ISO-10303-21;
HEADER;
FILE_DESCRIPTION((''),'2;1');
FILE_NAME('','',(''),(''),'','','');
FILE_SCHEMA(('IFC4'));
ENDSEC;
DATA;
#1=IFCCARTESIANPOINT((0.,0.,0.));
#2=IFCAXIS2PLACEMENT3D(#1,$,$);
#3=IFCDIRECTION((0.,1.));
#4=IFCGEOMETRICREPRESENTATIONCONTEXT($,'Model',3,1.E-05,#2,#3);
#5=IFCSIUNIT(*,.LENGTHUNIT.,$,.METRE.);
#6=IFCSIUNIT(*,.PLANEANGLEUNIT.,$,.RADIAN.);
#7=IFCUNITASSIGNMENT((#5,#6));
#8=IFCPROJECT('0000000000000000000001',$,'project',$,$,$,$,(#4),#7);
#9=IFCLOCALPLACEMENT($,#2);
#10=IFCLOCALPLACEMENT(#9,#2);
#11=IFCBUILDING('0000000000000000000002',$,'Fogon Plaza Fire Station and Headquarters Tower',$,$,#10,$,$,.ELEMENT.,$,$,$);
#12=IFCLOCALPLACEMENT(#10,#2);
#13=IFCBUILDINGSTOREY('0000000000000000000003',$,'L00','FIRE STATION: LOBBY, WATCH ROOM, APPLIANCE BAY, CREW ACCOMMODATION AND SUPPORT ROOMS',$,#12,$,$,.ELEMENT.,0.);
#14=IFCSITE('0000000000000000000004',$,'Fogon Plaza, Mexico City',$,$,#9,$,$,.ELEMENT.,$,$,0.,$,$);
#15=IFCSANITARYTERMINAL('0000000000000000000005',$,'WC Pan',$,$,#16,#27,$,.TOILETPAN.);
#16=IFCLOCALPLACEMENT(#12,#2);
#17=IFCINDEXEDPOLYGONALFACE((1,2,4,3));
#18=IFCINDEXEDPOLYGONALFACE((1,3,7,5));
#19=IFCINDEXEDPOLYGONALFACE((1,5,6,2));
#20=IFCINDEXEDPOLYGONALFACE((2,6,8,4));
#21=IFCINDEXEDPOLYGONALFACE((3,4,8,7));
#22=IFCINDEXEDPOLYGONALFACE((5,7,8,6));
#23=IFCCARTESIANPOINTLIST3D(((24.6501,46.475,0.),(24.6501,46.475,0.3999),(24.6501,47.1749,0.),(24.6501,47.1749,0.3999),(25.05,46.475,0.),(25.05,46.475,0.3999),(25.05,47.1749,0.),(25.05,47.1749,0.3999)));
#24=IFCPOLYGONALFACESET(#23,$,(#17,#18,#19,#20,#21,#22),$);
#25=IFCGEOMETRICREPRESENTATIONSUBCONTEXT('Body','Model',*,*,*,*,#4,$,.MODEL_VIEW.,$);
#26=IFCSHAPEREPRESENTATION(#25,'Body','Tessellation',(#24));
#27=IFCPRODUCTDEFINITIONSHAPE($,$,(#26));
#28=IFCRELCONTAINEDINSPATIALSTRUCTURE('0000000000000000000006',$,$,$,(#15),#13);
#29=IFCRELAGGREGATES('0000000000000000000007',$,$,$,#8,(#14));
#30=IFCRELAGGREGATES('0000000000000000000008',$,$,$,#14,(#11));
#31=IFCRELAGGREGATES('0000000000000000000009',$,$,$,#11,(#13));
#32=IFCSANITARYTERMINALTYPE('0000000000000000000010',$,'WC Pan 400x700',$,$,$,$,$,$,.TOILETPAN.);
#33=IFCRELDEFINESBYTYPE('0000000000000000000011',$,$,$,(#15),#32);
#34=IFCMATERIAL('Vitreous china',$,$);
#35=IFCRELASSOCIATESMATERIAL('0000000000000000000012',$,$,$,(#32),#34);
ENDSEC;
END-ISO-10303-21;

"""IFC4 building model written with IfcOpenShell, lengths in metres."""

from ifc_helpers import new_model, si_unit, direction, frame, origin, origin_2d, place, context, subcontext, project, spatial, rectangle, extrude, material, type_object, element, save


model = new_model("IFC4")

# Units and contexts
model_context = context("Model", 3, precision=1e-05, world=origin(), true_north=direction((0.0, 1.0)))
body_context = subcontext(model_context, "Body", "Model", "MODEL_VIEW")
ifc_project = project(units=[si_unit("LENGTHUNIT", "METRE"), si_unit("PLANEANGLEUNIT", "RADIAN")], contexts=[model_context])

# Site, building, storey
site_placement = place(None, origin())
site = spatial("IfcSite", under=ifc_project, at=site_placement, Name="Fogon Plaza, Mexico City", CompositionType="ELEMENT", RefElevation=0.0)
building_placement = place(site_placement, origin())
building = spatial("IfcBuilding", under=site, at=building_placement, Name="Fogon Plaza Fire Station and Headquarters Tower", CompositionType="ELEMENT")
storey_placement = place(building_placement, origin())
storey = spatial("IfcBuildingStorey", under=building, at=storey_placement, Name="L00", Description="FIRE STATION: LOBBY, WATCH ROOM, APPLIANCE BAY, CREW ACCOMMODATION AND SUPPORT ROOMS", CompositionType="ELEMENT", Elevation=0.0)

# Sanitary terminal
ifc_material_1 = material(Name="Vitreous china")
sanitary_terminal_type_1 = type_object("IfcSanitaryTerminalType", Name="WC Pan 400x700", PredefinedType="TOILETPAN", material=ifc_material_1)
for number, where, z_axis, x_axis, name in (
    (1, (24.8501, 46.825, 0.0), (0.0, 0.0, 1.0), (1.0, 0.0, 0.0), "WC Pan"),
):
    element("IfcSanitaryTerminal", number, at=place(storey_placement, frame(where, z_axis=z_axis, x_axis=x_axis)), inside=storey, type_object=sanitary_terminal_type_1, Name=name, PredefinedType="TOILETPAN", context=body_context, shape_type="SweptSolid", body=[
        extrude(rectangle(XDim=0.3999, YDim=0.7, at=origin_2d()), origin(), (0.0, 0.0, 1.0), 0.3999),
    ])

save(model, "model.ifc")
